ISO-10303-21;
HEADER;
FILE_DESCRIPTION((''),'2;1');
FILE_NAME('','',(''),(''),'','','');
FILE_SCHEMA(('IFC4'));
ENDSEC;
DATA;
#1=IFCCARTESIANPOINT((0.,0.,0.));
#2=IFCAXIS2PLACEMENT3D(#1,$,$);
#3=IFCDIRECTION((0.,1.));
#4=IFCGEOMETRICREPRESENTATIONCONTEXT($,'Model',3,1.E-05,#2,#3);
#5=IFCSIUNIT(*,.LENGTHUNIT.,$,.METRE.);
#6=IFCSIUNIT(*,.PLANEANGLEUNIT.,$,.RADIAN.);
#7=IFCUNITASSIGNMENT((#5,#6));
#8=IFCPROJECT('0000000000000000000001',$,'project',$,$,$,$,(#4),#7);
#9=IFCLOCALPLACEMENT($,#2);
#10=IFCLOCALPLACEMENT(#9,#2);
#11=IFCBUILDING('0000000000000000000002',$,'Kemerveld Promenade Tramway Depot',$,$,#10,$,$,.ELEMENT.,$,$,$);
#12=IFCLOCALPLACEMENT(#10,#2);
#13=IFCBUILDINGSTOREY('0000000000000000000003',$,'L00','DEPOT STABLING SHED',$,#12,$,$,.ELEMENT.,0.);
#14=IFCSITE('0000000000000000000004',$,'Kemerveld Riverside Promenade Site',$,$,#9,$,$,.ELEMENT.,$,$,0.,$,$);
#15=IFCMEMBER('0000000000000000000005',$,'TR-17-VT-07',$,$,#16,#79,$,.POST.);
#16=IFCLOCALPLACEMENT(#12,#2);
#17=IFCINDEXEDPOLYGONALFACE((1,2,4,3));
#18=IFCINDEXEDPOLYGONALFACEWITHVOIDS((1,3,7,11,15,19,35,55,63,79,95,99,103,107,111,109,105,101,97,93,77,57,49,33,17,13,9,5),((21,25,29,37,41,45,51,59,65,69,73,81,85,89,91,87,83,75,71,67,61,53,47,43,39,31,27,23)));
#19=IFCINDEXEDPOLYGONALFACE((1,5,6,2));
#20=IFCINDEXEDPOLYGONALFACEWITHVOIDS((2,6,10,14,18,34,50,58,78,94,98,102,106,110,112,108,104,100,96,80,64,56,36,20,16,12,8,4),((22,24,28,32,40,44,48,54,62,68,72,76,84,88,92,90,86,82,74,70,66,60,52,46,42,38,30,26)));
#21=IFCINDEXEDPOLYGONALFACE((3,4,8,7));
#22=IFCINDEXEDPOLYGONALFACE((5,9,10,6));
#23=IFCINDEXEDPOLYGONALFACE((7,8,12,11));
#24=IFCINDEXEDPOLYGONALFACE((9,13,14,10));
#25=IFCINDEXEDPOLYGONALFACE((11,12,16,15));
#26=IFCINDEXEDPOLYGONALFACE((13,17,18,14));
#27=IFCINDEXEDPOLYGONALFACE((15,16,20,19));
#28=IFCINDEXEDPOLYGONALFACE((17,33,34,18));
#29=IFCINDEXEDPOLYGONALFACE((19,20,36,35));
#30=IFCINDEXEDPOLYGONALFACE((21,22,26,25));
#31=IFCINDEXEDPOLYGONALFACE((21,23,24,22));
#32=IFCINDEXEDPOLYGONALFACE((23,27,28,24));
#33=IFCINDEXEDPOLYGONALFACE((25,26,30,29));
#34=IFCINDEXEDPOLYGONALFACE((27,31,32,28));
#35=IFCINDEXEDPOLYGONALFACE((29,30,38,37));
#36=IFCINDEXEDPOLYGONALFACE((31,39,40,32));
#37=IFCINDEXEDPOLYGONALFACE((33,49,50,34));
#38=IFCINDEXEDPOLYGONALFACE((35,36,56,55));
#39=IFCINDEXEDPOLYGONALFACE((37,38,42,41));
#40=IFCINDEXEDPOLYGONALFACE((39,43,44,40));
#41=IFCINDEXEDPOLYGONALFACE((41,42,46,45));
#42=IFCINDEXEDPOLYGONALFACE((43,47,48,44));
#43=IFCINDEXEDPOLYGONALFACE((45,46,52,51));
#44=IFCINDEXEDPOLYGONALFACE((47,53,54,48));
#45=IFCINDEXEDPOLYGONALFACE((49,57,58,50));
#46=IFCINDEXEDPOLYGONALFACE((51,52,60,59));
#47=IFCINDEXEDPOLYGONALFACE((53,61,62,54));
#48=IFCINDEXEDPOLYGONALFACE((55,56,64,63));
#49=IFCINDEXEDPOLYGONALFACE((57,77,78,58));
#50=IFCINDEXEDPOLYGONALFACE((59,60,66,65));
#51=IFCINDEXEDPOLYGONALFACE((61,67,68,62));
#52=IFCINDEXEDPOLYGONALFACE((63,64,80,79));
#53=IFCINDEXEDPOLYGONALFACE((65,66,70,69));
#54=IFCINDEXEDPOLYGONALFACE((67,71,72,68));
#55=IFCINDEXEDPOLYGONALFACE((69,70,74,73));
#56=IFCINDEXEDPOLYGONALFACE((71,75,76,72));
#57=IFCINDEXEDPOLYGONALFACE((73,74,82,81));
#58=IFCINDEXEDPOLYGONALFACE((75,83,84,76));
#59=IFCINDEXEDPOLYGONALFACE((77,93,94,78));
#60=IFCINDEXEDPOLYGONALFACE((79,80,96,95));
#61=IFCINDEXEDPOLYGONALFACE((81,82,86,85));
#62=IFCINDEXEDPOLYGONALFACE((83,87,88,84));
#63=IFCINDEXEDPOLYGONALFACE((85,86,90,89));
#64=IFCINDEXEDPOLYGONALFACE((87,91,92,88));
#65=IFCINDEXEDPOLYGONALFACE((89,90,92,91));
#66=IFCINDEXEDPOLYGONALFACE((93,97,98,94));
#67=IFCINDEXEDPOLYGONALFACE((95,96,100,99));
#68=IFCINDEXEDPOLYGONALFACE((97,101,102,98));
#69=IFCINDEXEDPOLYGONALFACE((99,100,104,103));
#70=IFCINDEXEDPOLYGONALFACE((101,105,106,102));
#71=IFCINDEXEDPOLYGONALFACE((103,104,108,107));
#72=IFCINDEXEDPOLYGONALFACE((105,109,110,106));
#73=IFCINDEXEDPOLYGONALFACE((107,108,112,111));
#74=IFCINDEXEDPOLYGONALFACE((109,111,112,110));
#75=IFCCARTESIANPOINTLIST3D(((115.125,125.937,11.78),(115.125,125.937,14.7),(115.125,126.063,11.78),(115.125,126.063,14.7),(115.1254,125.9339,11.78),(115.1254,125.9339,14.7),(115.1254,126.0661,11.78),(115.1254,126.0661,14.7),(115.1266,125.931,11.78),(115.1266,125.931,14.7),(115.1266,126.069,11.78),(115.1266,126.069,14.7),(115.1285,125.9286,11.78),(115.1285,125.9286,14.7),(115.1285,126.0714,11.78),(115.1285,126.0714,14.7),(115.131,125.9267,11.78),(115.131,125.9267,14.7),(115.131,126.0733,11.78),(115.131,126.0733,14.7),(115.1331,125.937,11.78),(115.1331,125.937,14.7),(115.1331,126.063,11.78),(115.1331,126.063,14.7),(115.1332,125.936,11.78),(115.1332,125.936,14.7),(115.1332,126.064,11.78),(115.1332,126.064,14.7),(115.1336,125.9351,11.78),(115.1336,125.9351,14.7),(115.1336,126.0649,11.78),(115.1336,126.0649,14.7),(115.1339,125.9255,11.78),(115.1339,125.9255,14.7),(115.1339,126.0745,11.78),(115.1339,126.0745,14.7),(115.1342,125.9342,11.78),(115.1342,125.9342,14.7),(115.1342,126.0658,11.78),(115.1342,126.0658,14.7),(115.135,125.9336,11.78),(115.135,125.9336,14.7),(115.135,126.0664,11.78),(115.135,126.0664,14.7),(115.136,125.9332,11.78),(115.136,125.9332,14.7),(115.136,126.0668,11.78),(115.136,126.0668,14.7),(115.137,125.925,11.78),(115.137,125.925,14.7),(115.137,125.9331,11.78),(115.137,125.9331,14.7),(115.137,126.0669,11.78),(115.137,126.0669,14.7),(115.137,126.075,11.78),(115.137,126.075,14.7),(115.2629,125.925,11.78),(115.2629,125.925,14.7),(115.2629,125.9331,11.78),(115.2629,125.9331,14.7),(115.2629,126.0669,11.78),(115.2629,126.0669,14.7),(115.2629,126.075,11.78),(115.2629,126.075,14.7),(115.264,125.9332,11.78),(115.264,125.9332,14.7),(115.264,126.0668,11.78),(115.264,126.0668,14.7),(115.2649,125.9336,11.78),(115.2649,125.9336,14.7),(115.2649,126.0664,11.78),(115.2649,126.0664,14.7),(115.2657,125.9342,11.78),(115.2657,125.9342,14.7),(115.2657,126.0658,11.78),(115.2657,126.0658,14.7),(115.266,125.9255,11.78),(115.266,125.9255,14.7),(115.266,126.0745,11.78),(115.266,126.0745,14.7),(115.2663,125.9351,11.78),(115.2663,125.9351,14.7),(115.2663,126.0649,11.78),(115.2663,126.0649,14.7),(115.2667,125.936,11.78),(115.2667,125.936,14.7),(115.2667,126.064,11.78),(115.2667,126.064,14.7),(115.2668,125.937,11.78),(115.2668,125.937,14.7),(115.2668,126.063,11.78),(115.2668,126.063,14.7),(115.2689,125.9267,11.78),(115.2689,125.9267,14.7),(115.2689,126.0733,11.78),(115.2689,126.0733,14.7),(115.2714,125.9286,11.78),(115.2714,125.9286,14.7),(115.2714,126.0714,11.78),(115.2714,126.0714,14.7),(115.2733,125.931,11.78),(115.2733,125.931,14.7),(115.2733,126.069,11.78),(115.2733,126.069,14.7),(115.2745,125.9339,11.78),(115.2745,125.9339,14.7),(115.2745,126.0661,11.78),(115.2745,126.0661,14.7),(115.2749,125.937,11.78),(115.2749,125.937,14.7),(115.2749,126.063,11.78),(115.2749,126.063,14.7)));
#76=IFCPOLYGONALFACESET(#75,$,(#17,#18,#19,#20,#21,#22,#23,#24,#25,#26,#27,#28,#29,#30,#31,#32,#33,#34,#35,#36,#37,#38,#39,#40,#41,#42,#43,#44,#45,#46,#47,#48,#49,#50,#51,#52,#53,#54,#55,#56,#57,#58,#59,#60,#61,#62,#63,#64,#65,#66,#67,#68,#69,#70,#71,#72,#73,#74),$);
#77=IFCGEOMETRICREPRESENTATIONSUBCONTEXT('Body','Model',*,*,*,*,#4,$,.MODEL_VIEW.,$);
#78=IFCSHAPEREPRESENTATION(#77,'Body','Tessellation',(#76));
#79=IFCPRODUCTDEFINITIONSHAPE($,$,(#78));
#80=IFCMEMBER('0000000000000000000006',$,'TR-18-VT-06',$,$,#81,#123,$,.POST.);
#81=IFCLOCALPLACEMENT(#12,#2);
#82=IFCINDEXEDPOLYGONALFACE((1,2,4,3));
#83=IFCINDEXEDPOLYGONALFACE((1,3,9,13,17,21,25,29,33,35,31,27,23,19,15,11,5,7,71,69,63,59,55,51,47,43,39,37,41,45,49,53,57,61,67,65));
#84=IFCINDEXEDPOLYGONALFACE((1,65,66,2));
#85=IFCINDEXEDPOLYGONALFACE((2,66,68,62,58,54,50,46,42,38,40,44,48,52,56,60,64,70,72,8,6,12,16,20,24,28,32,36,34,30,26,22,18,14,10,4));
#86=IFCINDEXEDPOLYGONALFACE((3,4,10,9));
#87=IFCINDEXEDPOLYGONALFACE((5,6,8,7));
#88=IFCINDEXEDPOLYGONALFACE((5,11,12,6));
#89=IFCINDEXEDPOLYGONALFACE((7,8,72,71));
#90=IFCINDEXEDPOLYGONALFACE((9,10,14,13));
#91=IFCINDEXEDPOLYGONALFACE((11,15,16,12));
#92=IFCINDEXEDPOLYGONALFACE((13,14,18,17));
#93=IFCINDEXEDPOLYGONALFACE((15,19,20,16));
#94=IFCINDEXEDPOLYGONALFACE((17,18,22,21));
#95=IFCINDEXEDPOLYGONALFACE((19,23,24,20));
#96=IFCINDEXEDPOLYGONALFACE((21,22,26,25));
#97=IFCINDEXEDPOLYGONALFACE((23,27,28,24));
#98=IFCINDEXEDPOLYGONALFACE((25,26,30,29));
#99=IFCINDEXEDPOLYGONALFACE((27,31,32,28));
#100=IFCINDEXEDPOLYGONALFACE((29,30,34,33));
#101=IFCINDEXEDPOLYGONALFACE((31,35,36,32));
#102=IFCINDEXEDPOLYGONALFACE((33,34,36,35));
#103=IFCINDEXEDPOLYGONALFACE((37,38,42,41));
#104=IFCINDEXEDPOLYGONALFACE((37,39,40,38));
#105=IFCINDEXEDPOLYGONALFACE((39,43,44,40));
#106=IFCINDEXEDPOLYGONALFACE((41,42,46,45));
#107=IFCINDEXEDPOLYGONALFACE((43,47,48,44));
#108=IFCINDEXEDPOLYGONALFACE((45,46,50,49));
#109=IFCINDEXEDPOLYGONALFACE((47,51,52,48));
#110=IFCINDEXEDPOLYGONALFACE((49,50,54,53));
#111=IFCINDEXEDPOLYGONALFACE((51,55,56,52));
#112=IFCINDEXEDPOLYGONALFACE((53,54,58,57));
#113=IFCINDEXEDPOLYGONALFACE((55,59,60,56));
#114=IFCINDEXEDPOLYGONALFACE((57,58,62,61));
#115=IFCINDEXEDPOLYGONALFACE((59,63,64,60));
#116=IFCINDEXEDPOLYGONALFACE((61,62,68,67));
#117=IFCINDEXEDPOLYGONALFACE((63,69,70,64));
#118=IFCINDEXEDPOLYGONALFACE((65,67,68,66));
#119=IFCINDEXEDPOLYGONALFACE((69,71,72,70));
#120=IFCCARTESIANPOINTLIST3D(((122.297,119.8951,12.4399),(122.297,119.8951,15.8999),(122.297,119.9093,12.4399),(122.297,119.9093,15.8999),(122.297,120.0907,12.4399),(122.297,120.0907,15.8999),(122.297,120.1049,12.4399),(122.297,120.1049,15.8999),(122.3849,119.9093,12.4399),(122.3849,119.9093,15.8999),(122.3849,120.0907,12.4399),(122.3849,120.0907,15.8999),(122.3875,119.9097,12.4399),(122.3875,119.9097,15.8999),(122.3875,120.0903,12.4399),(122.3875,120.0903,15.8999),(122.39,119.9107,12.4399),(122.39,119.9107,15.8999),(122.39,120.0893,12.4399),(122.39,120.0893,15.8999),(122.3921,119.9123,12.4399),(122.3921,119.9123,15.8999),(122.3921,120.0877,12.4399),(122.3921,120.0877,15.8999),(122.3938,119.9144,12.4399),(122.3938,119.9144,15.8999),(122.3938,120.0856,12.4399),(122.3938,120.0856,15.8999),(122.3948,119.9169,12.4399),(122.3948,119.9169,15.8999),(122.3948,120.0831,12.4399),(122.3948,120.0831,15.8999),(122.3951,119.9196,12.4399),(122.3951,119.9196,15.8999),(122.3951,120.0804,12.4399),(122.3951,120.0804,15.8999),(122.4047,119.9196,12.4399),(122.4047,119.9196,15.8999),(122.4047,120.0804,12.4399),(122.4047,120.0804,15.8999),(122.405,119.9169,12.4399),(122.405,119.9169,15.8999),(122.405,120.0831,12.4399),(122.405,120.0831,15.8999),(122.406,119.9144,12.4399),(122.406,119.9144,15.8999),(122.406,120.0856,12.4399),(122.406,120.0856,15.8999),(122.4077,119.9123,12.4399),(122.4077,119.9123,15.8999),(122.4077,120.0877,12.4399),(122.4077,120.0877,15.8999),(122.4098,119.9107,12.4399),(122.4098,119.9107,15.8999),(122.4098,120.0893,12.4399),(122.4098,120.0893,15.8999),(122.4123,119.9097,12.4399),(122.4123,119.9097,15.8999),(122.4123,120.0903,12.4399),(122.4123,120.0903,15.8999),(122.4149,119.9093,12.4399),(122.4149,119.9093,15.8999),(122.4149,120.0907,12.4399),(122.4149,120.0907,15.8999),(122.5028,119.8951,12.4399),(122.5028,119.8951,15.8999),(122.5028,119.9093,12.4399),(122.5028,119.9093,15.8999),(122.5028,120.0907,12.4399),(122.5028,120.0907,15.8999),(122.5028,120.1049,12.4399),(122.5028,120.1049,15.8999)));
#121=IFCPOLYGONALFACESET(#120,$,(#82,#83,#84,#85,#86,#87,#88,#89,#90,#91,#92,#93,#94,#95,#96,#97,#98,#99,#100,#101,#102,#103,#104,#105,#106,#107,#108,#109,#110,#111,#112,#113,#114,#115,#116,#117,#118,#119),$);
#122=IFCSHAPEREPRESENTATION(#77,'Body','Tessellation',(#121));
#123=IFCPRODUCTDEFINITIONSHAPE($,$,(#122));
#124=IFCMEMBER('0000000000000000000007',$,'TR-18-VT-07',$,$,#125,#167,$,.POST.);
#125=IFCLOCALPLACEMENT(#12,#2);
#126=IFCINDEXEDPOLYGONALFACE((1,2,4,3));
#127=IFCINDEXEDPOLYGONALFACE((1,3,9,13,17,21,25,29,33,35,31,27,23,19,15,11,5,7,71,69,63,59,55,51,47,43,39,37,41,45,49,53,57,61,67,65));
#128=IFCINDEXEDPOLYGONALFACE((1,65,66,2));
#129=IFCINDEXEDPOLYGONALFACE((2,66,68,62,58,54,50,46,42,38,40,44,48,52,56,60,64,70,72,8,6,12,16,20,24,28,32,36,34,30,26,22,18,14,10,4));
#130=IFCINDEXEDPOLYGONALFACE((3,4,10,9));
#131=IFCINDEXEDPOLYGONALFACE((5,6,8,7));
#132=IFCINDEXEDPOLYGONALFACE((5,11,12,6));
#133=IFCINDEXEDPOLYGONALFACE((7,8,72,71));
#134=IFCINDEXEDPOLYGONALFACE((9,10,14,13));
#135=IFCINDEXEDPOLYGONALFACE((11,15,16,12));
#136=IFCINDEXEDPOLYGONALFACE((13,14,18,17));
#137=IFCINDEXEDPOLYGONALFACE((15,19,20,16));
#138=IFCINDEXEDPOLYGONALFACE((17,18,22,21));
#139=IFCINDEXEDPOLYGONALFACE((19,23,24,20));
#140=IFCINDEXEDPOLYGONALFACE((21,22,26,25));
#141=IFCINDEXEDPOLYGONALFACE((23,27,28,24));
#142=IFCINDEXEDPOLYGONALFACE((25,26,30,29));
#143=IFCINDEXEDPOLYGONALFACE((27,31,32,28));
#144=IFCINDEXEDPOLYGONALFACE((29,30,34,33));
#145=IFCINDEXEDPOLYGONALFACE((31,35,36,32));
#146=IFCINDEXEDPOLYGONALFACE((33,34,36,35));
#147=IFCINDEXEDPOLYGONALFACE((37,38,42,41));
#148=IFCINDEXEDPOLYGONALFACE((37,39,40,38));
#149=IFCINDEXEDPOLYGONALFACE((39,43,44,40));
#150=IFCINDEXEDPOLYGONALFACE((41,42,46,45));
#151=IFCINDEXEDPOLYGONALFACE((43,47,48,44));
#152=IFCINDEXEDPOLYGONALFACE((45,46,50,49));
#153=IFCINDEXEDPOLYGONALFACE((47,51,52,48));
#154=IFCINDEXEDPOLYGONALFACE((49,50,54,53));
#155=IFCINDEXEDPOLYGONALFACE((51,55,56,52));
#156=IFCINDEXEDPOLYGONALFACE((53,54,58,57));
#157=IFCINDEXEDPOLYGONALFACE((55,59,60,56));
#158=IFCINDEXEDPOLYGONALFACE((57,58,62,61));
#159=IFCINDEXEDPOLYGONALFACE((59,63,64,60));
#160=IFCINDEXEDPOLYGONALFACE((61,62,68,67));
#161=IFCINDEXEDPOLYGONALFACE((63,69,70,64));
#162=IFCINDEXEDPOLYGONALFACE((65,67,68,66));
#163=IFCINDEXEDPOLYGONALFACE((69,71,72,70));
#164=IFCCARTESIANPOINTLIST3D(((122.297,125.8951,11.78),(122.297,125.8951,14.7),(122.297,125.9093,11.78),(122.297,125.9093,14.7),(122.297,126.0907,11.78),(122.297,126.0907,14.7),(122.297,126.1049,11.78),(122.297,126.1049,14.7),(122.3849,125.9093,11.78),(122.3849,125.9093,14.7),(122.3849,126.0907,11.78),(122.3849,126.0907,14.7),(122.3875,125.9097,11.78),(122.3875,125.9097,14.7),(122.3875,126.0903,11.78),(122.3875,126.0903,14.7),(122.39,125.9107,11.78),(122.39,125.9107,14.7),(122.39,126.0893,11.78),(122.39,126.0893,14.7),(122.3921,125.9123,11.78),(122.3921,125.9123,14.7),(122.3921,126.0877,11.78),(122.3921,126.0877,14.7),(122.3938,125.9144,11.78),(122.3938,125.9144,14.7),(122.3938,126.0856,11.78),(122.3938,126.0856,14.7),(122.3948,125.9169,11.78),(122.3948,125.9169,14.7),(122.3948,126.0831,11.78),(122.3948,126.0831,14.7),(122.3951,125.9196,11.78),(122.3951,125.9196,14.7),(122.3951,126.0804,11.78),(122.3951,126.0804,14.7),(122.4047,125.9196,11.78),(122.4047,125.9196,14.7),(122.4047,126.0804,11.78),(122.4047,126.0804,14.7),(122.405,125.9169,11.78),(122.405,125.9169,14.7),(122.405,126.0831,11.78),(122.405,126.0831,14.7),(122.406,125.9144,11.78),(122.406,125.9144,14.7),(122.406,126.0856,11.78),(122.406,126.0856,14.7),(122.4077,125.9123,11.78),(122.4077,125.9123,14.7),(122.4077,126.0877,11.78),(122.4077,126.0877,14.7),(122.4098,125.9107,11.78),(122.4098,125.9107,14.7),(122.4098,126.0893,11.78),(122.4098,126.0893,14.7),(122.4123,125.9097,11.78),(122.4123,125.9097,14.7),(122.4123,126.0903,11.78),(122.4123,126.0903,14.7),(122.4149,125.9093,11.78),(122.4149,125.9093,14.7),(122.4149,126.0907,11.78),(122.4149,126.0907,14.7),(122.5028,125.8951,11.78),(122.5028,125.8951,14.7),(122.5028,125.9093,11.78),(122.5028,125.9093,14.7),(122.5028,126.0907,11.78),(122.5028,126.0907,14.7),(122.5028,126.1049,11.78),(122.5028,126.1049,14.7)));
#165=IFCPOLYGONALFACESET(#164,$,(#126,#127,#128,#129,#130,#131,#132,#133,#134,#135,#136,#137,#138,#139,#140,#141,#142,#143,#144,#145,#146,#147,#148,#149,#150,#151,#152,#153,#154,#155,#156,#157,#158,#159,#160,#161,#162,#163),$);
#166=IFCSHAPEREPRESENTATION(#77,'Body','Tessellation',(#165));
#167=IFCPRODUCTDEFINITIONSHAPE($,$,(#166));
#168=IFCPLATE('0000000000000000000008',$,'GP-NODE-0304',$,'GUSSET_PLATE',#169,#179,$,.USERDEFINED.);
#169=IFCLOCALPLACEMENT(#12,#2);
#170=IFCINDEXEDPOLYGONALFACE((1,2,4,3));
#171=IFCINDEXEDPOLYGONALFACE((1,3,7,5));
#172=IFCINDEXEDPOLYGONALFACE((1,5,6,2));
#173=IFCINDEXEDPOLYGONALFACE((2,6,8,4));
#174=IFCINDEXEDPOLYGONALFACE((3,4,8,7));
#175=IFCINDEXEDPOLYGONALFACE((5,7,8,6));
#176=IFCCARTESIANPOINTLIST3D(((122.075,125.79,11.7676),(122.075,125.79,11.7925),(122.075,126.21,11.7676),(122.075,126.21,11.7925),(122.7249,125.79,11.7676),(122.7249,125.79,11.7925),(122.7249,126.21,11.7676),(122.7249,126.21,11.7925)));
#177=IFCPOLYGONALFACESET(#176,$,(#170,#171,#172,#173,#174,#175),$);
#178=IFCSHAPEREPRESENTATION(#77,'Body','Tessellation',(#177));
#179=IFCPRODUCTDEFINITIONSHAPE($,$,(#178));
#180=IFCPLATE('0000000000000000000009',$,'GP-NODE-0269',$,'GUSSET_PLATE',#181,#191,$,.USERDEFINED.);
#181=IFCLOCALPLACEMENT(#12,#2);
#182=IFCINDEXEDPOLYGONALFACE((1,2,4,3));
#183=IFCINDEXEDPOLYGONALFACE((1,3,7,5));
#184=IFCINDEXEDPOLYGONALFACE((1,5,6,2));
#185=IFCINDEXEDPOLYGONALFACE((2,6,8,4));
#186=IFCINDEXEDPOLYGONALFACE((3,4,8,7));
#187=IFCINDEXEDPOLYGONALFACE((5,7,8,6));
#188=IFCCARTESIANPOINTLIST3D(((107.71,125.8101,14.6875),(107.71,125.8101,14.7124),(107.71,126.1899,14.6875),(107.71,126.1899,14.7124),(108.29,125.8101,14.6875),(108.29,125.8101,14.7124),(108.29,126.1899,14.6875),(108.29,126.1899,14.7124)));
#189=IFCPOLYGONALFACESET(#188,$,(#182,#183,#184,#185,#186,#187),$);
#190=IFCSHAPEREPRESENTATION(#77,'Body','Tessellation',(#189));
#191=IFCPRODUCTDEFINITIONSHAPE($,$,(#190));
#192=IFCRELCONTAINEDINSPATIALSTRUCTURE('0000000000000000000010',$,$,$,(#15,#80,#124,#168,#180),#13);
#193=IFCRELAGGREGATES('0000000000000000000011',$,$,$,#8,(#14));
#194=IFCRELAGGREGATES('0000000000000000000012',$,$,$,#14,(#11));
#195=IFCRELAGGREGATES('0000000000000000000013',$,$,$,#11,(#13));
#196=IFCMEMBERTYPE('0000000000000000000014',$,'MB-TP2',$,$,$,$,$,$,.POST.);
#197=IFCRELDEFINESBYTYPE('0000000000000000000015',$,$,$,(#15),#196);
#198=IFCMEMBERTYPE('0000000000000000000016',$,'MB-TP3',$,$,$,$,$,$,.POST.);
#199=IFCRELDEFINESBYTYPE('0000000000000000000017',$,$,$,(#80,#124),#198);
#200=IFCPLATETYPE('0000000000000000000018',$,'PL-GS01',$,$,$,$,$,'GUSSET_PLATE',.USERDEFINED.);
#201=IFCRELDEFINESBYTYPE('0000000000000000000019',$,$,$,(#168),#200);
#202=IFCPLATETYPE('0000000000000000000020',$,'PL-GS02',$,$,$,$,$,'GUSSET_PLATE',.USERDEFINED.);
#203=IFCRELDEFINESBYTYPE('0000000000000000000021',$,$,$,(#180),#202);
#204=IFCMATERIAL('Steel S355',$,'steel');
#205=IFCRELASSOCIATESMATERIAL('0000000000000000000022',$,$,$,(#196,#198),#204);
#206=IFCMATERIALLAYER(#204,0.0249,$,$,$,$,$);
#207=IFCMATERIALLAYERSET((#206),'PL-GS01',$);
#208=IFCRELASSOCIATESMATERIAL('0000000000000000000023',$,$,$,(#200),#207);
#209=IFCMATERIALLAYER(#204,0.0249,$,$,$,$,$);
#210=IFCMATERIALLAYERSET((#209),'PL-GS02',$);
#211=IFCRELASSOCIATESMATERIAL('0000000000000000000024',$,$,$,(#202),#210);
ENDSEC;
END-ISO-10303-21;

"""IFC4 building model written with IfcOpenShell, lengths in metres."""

from ifc_helpers import new_model, si_unit, direction, frame, origin, origin_2d, place, context, subcontext, project, spatial, rectangle, hollow_rectangle, i_section, extrude, material, layer, layer_set, material_profile, profile_set, type_object, element, save


model = new_model("IFC4")

# Units and contexts
model_context = context("Model", 3, precision=1e-05, world=origin(), true_north=direction((0.0, 1.0)))
body_context = subcontext(model_context, "Body", "Model", "MODEL_VIEW")
ifc_project = project(units=[si_unit("LENGTHUNIT", "METRE"), si_unit("PLANEANGLEUNIT", "RADIAN")], contexts=[model_context])

# Site, building, storey
site_placement = place(None, origin())
site = spatial("IfcSite", under=ifc_project, at=site_placement, Name="Kemerveld Riverside Promenade Site", CompositionType="ELEMENT", RefElevation=0.0)
building_placement = place(site_placement, origin())
building = spatial("IfcBuilding", under=site, at=building_placement, Name="Kemerveld Promenade Tramway Depot", CompositionType="ELEMENT")
storey_placement = place(building_placement, origin())
storey = spatial("IfcBuildingStorey", under=building, at=storey_placement, Name="L00", Description="DEPOT STABLING SHED", CompositionType="ELEMENT", Elevation=0.0)

# Members
ifc_material_1 = material(Name="Steel S355", Category="steel")
ifc_material_profile_1 = material_profile(ifc_material_1, hollow_rectangle(XDim=0.1499, YDim=0.1499, WallThickness=0.0081, InnerFilletRadius=0.0039, OuterFilletRadius=0.012, at=origin_2d()), Name="150x150x8.0 SHS")
ifc_profile_set_1 = profile_set([ifc_material_profile_1], Name="Steel S355")
member_type_1 = type_object("IfcMemberType", Name="MB-TP2", PredefinedType="POST", material=ifc_profile_set_1)
member_1_placement = place(storey_placement, frame((115.2, 126.0, 11.78), z_axis=(0.0, 0.0, 1.0), x_axis=(1.0, 0.0, 0.0)))
element("IfcMember", 1, at=member_1_placement, inside=storey, type_object=member_type_1, Name="TR-17-VT-07", PredefinedType="POST", context=body_context, shape_type="SweptSolid", body=[
    extrude(hollow_rectangle(XDim=0.1499, YDim=0.1499, WallThickness=0.0081, InnerFilletRadius=0.0039, OuterFilletRadius=0.012, at=origin_2d()), origin(), (0.0, 0.0, 1.0), 2.9199),
])
ifc_material_profile_2 = material_profile(ifc_material_1, i_section(OverallWidth=0.2058, OverallDepth=0.2097, WebThickness=0.0095, FlangeThickness=0.0142, FilletRadius=0.0103, at=origin_2d()), Name="203x203x60 UC")
ifc_profile_set_2 = profile_set([ifc_material_profile_2], Name="Steel S355")
member_type_2 = type_object("IfcMemberType", Name="MB-TP3", PredefinedType="POST", material=ifc_profile_set_2)
member_2_placement = place(storey_placement, frame((122.3999, 120.0, 12.4399), z_axis=(0.0, 0.0, 1.0), x_axis=(1.0, 0.0, 0.0)))
element("IfcMember", 2, at=member_2_placement, inside=storey, type_object=member_type_2, Name="TR-18-VT-06", PredefinedType="POST", context=body_context, shape_type="SweptSolid", body=[
    extrude(i_section(OverallWidth=0.2058, OverallDepth=0.2097, WebThickness=0.0095, FlangeThickness=0.0142, FilletRadius=0.0103, at=origin_2d()), origin(), (0.0, 0.0, 1.0), 3.46),
])
member_3_placement = place(storey_placement, frame((122.3999, 126.0, 11.78), z_axis=(0.0, 0.0, 1.0), x_axis=(1.0, 0.0, 0.0)))
element("IfcMember", 3, at=member_3_placement, inside=storey, type_object=member_type_2, Name="TR-18-VT-07", PredefinedType="POST", context=body_context, shape_type="SweptSolid", body=[
    extrude(i_section(OverallWidth=0.2058, OverallDepth=0.2097, WebThickness=0.0095, FlangeThickness=0.0142, FilletRadius=0.0103, at=origin_2d()), origin(), (0.0, 0.0, 1.0), 2.9199),
])

# Plates
ifc_layer_1 = layer(ifc_material_1, 0.0249)
ifc_layer_set_1 = layer_set([ifc_layer_1], Name="PL-GS01")
plate_type_1 = type_object("IfcPlateType", Name="PL-GS01", ElementType="GUSSET_PLATE", PredefinedType="USERDEFINED", material=ifc_layer_set_1)
plate_1_placement = place(storey_placement, frame((122.3999, 126.0, 11.7676), z_axis=(0.0, 0.0, 1.0), x_axis=(1.0, 0.0, 0.0)))
element("IfcPlate", 4, at=plate_1_placement, inside=storey, type_object=plate_type_1, Name="GP-NODE-0304", ObjectType="GUSSET_PLATE", PredefinedType="USERDEFINED", context=body_context, shape_type="SweptSolid", body=[
    extrude(rectangle(XDim=0.6499, YDim=0.4199, at=origin_2d()), origin(), (0.0, 0.0, 1.0), 0.0249),
])
ifc_layer_2 = layer(ifc_material_1, 0.0249)
ifc_layer_set_2 = layer_set([ifc_layer_2], Name="PL-GS02")
plate_type_2 = type_object("IfcPlateType", Name="PL-GS02", ElementType="GUSSET_PLATE", PredefinedType="USERDEFINED", material=ifc_layer_set_2)
for number, where, z_axis, x_axis, name in (
    (5, (108.0, 126.0, 14.6875), (0.0, 0.0, 1.0), (1.0, 0.0, 0.0), "GP-NODE-0269"),
):
    element("IfcPlate", number, at=place(storey_placement, frame(where, z_axis=z_axis, x_axis=x_axis)), inside=storey, type_object=plate_type_2, Name=name, ObjectType="GUSSET_PLATE", PredefinedType="USERDEFINED", context=body_context, shape_type="SweptSolid", body=[
        extrude(rectangle(XDim=0.5801, YDim=0.3799, at=origin_2d()), origin(), (0.0, 0.0, 1.0), 0.0249),
    ])

save(model, "model.ifc")
